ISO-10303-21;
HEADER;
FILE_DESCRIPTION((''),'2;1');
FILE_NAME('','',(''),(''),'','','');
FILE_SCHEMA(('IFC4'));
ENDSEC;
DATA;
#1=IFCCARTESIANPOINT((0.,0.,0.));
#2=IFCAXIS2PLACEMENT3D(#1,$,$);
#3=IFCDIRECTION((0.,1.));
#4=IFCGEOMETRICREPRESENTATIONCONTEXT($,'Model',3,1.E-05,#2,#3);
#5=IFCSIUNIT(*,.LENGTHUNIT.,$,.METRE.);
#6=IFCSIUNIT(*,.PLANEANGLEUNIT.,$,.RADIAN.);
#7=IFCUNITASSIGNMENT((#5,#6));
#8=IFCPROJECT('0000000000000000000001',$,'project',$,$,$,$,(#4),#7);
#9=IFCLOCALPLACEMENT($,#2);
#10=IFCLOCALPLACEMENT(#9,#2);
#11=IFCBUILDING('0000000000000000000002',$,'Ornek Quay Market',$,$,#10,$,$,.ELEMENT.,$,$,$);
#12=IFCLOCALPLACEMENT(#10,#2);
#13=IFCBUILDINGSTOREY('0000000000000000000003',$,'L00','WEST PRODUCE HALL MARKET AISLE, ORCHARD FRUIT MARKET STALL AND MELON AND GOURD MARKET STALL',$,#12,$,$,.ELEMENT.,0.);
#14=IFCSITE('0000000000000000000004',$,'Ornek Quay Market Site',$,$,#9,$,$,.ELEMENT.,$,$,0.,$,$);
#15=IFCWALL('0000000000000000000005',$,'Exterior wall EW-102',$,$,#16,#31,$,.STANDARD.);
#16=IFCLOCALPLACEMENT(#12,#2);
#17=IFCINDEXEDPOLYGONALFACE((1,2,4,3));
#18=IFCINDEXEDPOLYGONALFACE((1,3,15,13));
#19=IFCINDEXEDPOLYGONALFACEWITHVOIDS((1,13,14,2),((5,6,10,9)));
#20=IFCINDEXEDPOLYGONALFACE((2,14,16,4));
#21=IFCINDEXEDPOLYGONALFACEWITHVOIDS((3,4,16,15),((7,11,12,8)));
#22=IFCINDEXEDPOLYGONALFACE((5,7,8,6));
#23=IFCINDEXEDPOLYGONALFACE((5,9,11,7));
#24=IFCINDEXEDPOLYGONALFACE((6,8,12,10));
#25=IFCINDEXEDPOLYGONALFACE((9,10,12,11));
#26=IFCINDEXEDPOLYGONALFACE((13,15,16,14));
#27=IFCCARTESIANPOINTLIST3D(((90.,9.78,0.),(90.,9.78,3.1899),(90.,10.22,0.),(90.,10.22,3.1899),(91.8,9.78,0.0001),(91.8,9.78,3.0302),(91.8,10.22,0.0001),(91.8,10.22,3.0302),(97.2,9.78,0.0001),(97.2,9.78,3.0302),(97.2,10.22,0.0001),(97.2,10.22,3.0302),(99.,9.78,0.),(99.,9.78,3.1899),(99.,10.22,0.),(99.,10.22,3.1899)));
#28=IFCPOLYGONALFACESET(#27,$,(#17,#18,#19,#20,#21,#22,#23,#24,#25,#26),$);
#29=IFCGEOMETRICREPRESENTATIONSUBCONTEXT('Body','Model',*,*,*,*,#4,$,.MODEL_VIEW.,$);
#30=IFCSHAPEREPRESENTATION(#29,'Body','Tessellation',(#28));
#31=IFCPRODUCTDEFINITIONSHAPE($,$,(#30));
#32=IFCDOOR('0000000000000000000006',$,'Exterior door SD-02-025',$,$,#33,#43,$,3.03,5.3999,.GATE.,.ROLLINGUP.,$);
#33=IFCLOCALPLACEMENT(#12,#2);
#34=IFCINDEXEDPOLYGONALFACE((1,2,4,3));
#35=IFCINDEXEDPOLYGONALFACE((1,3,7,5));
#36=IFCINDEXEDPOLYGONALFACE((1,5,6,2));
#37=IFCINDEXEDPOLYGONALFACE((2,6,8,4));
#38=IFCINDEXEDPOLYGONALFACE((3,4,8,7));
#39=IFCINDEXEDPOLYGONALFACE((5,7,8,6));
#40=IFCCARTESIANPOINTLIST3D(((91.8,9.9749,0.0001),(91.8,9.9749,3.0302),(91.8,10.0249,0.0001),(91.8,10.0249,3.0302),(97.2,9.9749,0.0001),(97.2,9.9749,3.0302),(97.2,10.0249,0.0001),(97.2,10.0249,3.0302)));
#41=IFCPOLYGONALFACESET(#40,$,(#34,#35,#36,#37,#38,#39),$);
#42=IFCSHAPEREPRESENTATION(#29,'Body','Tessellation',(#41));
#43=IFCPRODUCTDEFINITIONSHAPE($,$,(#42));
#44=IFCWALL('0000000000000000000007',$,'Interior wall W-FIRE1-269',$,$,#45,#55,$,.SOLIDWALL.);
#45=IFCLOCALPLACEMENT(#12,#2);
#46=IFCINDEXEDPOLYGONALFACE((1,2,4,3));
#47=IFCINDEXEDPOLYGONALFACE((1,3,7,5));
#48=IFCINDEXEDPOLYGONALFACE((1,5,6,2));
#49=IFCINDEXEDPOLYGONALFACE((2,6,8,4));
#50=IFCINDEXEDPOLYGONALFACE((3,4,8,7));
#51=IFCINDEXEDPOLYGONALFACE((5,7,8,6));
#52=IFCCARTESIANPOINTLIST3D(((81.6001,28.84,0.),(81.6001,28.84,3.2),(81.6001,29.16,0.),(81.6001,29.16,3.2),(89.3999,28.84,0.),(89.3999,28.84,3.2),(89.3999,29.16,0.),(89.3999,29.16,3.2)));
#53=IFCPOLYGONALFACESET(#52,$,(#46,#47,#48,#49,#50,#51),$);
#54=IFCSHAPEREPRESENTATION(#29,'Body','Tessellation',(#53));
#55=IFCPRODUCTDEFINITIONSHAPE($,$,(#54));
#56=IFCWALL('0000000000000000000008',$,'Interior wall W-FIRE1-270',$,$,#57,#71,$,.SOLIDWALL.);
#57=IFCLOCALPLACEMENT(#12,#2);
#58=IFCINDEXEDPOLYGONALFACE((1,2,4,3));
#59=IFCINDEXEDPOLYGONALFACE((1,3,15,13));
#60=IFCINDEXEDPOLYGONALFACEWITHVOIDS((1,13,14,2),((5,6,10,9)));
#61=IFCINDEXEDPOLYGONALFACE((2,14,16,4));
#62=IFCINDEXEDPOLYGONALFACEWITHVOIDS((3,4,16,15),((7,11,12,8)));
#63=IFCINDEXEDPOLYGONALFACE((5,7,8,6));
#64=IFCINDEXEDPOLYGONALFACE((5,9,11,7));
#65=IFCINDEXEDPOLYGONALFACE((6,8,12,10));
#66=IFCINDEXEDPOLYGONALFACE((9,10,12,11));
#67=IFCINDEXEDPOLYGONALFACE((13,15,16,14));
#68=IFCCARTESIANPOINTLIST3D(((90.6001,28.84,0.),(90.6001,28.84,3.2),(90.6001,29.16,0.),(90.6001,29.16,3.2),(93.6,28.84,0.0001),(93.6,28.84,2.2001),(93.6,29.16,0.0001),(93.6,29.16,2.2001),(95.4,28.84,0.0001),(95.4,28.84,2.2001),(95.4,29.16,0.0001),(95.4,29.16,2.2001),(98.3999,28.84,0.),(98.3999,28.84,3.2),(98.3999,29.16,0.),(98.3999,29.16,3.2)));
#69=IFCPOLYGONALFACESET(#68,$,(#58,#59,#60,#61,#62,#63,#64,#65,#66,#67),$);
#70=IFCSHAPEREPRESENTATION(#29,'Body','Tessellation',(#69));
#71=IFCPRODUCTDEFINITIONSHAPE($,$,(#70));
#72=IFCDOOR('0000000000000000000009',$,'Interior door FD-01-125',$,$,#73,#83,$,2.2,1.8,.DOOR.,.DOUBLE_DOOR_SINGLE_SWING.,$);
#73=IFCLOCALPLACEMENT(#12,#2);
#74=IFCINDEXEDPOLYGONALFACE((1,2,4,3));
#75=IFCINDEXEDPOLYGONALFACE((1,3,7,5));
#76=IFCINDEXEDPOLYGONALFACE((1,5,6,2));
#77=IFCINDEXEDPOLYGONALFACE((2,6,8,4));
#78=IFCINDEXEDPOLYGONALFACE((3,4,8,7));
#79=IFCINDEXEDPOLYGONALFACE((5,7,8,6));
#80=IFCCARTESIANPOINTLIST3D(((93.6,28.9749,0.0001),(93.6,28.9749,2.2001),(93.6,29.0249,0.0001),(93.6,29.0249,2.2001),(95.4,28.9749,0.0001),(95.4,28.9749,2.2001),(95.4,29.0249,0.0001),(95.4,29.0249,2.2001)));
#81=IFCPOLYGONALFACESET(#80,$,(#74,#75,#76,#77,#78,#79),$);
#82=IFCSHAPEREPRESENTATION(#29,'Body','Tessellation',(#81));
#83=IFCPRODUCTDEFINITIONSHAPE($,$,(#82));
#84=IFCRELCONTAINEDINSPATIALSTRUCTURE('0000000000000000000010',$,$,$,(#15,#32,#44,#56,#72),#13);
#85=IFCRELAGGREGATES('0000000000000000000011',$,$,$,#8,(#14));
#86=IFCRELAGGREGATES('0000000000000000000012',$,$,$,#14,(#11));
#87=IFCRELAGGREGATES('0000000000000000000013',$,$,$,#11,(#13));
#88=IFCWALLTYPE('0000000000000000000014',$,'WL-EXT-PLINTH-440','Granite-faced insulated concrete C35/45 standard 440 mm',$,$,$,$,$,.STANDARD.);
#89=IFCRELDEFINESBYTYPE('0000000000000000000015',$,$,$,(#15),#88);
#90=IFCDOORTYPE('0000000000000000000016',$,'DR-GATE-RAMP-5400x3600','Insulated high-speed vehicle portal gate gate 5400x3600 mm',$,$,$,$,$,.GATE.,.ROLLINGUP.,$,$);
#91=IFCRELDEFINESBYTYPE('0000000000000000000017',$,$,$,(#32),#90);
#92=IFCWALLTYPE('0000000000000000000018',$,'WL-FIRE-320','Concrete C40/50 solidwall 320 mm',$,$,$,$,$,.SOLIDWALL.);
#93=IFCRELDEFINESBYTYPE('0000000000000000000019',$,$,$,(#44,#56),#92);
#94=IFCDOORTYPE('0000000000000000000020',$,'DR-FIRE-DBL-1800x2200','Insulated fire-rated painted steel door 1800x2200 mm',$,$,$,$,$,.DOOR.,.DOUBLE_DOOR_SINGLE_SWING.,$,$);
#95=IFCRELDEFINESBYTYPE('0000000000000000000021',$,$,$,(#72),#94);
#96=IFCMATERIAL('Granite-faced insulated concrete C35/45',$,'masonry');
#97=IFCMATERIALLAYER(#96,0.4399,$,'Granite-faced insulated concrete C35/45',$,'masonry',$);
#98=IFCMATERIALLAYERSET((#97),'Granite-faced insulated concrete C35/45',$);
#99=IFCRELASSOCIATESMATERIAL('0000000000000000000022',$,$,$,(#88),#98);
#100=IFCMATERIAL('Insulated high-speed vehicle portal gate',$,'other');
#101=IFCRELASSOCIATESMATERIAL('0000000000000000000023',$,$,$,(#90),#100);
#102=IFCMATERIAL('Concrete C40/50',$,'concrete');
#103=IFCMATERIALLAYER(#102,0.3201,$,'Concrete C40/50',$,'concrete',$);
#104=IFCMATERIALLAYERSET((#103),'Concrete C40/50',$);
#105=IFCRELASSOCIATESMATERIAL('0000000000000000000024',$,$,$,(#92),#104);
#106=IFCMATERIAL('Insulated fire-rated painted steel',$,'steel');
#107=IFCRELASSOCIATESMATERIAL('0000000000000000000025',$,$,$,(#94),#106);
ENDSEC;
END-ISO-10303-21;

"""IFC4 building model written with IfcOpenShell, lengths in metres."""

from ifc_helpers import new_model, si_unit, direction, frame, frame_2d, origin, place, context, subcontext, project, spatial, rectangle, extrude, material, layer, layer_set, type_object, element, fill, save


model = new_model("IFC4")

# Units and contexts
model_context = context("Model", 3, precision=1e-05, world=origin(), true_north=direction((0.0, 1.0)))
body_context = subcontext(model_context, "Body", "Model", "MODEL_VIEW")
ifc_project = project(units=[si_unit("LENGTHUNIT", "METRE"), si_unit("PLANEANGLEUNIT", "RADIAN")], contexts=[model_context])

# Site, building, storey
site_placement = place(None, origin())
site = spatial("IfcSite", under=ifc_project, at=site_placement, Name="Ornek Quay Market Site", CompositionType="ELEMENT", RefElevation=0.0)
building_placement = place(site_placement, origin())
building = spatial("IfcBuilding", under=site, at=building_placement, Name="Ornek Quay Market", CompositionType="ELEMENT")
storey_placement = place(building_placement, origin())
storey = spatial("IfcBuildingStorey", under=building, at=storey_placement, Name="L00", Description="WEST PRODUCE HALL MARKET AISLE, ORCHARD FRUIT MARKET STALL AND MELON AND GOURD MARKET STALL", CompositionType="ELEMENT", Elevation=0.0)

# Shared definitions
ifc_material_1 = material(Name="Concrete C40/50", Category="concrete")

# Wall, opening, door
ifc_material_2 = material(Name="Granite-faced insulated concrete C35/45", Category="masonry")
ifc_layer_1 = layer(ifc_material_2, 0.4399, Name="Granite-faced insulated concrete C35/45", Category="masonry")
ifc_layer_set_1 = layer_set([ifc_layer_1], Name="Granite-faced insulated concrete C35/45")
wall_type_1 = type_object("IfcWallType", Name="WL-EXT-PLINTH-440", Description="Granite-faced insulated concrete C35/45 standard 440 mm", PredefinedType="STANDARD", material=ifc_layer_set_1)
wall_1_placement = place(storey_placement, frame((90.0, 10.0, 0.0), z_axis=(0.0, 0.0, 1.0), x_axis=(1.0, 0.0, 0.0)))
wall_1 = element("IfcWall", 1, at=wall_1_placement, inside=storey, type_object=wall_type_1, Name="Exterior wall EW-102", PredefinedType="STANDARD", context=body_context, shape_type="SweptSolid", body=[
    extrude(rectangle(XDim=9.0, YDim=0.4399, at=frame_2d((4.5, 0.0))), origin(), (0.0, 0.0, 1.0), 3.1899),
])
opening_1_placement = place(wall_1_placement, frame((1.8, 0.0, 0.0)))
opening_1 = element("IfcOpeningElement", 2, at=opening_1_placement, cuts=wall_1, PredefinedType="OPENING", context=body_context, shape_type="SweptSolid", body=[
    extrude(rectangle(XDim=5.3999, YDim=3.03, at=frame_2d((2.7, 1.5151))), frame((0.0, 0.23, 0.0), z_axis=(0.0, -1.0, 0.0), x_axis=(1.0, 0.0, 0.0)), (0.0, 0.0, 1.0), 0.46),
])
ifc_material_3 = material(Name="Insulated high-speed vehicle portal gate", Category="other")
door_type_1 = type_object("IfcDoorType", Name="DR-GATE-RAMP-5400x3600", Description="Insulated high-speed vehicle portal gate gate 5400x3600 mm", OperationType="ROLLINGUP", PredefinedType="GATE", material=ifc_material_3)
door_1_placement = place(opening_1_placement, origin())
door_1 = element("IfcDoor", 3, at=door_1_placement, inside=storey, type_object=door_type_1, Name="Exterior door SD-02-025", OperationType="ROLLINGUP", OverallHeight=3.03, OverallWidth=5.3999, PredefinedType="GATE", context=body_context, shape_type="SweptSolid", body=[
    extrude(rectangle(XDim=5.3999, YDim=3.03, at=frame_2d((2.7, 1.5151))), frame((0.0, 0.0249, 0.0), z_axis=(0.0, -1.0, 0.0), x_axis=(1.0, 0.0, 0.0)), (0.0, 0.0, 1.0), 0.05),
])
fill(opening_1, door_1)

# Wall
ifc_layer_2 = layer(ifc_material_1, 0.3201, Name="Concrete C40/50", Category="concrete")
ifc_layer_set_2 = layer_set([ifc_layer_2], Name="Concrete C40/50")
wall_type_2 = type_object("IfcWallType", Name="WL-FIRE-320", Description="Concrete C40/50 solidwall 320 mm", PredefinedType="SOLIDWALL", material=ifc_layer_set_2)
wall_2_placement = place(storey_placement, frame((81.6001, 29.0, 0.0), z_axis=(0.0, 0.0, 1.0), x_axis=(1.0, 0.0, 0.0)))
element("IfcWall", 4, at=wall_2_placement, inside=storey, type_object=wall_type_2, Name="Interior wall W-FIRE1-269", PredefinedType="SOLIDWALL", context=body_context, shape_type="SweptSolid", body=[
    extrude(rectangle(XDim=7.7998, YDim=0.3201, at=frame_2d((3.8999, 0.0))), origin(), (0.0, 0.0, 1.0), 3.2),
])

# Wall, opening, door
wall_3_placement = place(storey_placement, frame((90.6001, 29.0, 0.0), z_axis=(0.0, 0.0, 1.0), x_axis=(1.0, 0.0, 0.0)))
wall_3 = element("IfcWall", 5, at=wall_3_placement, inside=storey, type_object=wall_type_2, Name="Interior wall W-FIRE1-270", PredefinedType="SOLIDWALL", context=body_context, shape_type="SweptSolid", body=[
    extrude(rectangle(XDim=7.7998, YDim=0.3201, at=frame_2d((3.8999, 0.0))), origin(), (0.0, 0.0, 1.0), 3.2),
])
opening_2_placement = place(wall_3_placement, frame((3.0, 0.0, 0.0)))
opening_2 = element("IfcOpeningElement", 6, at=opening_2_placement, cuts=wall_3, PredefinedType="OPENING", context=body_context, shape_type="SweptSolid", body=[
    extrude(rectangle(XDim=1.8, YDim=2.2, at=frame_2d((0.8999, 1.1001))), frame((0.0, 0.1699, 0.0), z_axis=(0.0, -1.0, 0.0), x_axis=(1.0, 0.0, 0.0)), (0.0, 0.0, 1.0), 0.3401),
])
ifc_material_4 = material(Name="Insulated fire-rated painted steel", Category="steel")
door_type_2 = type_object("IfcDoorType", Name="DR-FIRE-DBL-1800x2200", Description="Insulated fire-rated painted steel door 1800x2200 mm", OperationType="DOUBLE_DOOR_SINGLE_SWING", PredefinedType="DOOR", material=ifc_material_4)
door_2_placement = place(opening_2_placement, origin())
door_2 = element("IfcDoor", 7, at=door_2_placement, inside=storey, type_object=door_type_2, Name="Interior door FD-01-125", OperationType="DOUBLE_DOOR_SINGLE_SWING", OverallHeight=2.2, OverallWidth=1.8, PredefinedType="DOOR", context=body_context, shape_type="SweptSolid", body=[
    extrude(rectangle(XDim=1.8, YDim=2.2, at=frame_2d((0.8999, 1.1001))), frame((0.0, 0.0249, 0.0), z_axis=(0.0, -1.0, 0.0), x_axis=(1.0, 0.0, 0.0)), (0.0, 0.0, 1.0), 0.05),
])
fill(opening_2, door_2)

save(model, "model.ifc")
